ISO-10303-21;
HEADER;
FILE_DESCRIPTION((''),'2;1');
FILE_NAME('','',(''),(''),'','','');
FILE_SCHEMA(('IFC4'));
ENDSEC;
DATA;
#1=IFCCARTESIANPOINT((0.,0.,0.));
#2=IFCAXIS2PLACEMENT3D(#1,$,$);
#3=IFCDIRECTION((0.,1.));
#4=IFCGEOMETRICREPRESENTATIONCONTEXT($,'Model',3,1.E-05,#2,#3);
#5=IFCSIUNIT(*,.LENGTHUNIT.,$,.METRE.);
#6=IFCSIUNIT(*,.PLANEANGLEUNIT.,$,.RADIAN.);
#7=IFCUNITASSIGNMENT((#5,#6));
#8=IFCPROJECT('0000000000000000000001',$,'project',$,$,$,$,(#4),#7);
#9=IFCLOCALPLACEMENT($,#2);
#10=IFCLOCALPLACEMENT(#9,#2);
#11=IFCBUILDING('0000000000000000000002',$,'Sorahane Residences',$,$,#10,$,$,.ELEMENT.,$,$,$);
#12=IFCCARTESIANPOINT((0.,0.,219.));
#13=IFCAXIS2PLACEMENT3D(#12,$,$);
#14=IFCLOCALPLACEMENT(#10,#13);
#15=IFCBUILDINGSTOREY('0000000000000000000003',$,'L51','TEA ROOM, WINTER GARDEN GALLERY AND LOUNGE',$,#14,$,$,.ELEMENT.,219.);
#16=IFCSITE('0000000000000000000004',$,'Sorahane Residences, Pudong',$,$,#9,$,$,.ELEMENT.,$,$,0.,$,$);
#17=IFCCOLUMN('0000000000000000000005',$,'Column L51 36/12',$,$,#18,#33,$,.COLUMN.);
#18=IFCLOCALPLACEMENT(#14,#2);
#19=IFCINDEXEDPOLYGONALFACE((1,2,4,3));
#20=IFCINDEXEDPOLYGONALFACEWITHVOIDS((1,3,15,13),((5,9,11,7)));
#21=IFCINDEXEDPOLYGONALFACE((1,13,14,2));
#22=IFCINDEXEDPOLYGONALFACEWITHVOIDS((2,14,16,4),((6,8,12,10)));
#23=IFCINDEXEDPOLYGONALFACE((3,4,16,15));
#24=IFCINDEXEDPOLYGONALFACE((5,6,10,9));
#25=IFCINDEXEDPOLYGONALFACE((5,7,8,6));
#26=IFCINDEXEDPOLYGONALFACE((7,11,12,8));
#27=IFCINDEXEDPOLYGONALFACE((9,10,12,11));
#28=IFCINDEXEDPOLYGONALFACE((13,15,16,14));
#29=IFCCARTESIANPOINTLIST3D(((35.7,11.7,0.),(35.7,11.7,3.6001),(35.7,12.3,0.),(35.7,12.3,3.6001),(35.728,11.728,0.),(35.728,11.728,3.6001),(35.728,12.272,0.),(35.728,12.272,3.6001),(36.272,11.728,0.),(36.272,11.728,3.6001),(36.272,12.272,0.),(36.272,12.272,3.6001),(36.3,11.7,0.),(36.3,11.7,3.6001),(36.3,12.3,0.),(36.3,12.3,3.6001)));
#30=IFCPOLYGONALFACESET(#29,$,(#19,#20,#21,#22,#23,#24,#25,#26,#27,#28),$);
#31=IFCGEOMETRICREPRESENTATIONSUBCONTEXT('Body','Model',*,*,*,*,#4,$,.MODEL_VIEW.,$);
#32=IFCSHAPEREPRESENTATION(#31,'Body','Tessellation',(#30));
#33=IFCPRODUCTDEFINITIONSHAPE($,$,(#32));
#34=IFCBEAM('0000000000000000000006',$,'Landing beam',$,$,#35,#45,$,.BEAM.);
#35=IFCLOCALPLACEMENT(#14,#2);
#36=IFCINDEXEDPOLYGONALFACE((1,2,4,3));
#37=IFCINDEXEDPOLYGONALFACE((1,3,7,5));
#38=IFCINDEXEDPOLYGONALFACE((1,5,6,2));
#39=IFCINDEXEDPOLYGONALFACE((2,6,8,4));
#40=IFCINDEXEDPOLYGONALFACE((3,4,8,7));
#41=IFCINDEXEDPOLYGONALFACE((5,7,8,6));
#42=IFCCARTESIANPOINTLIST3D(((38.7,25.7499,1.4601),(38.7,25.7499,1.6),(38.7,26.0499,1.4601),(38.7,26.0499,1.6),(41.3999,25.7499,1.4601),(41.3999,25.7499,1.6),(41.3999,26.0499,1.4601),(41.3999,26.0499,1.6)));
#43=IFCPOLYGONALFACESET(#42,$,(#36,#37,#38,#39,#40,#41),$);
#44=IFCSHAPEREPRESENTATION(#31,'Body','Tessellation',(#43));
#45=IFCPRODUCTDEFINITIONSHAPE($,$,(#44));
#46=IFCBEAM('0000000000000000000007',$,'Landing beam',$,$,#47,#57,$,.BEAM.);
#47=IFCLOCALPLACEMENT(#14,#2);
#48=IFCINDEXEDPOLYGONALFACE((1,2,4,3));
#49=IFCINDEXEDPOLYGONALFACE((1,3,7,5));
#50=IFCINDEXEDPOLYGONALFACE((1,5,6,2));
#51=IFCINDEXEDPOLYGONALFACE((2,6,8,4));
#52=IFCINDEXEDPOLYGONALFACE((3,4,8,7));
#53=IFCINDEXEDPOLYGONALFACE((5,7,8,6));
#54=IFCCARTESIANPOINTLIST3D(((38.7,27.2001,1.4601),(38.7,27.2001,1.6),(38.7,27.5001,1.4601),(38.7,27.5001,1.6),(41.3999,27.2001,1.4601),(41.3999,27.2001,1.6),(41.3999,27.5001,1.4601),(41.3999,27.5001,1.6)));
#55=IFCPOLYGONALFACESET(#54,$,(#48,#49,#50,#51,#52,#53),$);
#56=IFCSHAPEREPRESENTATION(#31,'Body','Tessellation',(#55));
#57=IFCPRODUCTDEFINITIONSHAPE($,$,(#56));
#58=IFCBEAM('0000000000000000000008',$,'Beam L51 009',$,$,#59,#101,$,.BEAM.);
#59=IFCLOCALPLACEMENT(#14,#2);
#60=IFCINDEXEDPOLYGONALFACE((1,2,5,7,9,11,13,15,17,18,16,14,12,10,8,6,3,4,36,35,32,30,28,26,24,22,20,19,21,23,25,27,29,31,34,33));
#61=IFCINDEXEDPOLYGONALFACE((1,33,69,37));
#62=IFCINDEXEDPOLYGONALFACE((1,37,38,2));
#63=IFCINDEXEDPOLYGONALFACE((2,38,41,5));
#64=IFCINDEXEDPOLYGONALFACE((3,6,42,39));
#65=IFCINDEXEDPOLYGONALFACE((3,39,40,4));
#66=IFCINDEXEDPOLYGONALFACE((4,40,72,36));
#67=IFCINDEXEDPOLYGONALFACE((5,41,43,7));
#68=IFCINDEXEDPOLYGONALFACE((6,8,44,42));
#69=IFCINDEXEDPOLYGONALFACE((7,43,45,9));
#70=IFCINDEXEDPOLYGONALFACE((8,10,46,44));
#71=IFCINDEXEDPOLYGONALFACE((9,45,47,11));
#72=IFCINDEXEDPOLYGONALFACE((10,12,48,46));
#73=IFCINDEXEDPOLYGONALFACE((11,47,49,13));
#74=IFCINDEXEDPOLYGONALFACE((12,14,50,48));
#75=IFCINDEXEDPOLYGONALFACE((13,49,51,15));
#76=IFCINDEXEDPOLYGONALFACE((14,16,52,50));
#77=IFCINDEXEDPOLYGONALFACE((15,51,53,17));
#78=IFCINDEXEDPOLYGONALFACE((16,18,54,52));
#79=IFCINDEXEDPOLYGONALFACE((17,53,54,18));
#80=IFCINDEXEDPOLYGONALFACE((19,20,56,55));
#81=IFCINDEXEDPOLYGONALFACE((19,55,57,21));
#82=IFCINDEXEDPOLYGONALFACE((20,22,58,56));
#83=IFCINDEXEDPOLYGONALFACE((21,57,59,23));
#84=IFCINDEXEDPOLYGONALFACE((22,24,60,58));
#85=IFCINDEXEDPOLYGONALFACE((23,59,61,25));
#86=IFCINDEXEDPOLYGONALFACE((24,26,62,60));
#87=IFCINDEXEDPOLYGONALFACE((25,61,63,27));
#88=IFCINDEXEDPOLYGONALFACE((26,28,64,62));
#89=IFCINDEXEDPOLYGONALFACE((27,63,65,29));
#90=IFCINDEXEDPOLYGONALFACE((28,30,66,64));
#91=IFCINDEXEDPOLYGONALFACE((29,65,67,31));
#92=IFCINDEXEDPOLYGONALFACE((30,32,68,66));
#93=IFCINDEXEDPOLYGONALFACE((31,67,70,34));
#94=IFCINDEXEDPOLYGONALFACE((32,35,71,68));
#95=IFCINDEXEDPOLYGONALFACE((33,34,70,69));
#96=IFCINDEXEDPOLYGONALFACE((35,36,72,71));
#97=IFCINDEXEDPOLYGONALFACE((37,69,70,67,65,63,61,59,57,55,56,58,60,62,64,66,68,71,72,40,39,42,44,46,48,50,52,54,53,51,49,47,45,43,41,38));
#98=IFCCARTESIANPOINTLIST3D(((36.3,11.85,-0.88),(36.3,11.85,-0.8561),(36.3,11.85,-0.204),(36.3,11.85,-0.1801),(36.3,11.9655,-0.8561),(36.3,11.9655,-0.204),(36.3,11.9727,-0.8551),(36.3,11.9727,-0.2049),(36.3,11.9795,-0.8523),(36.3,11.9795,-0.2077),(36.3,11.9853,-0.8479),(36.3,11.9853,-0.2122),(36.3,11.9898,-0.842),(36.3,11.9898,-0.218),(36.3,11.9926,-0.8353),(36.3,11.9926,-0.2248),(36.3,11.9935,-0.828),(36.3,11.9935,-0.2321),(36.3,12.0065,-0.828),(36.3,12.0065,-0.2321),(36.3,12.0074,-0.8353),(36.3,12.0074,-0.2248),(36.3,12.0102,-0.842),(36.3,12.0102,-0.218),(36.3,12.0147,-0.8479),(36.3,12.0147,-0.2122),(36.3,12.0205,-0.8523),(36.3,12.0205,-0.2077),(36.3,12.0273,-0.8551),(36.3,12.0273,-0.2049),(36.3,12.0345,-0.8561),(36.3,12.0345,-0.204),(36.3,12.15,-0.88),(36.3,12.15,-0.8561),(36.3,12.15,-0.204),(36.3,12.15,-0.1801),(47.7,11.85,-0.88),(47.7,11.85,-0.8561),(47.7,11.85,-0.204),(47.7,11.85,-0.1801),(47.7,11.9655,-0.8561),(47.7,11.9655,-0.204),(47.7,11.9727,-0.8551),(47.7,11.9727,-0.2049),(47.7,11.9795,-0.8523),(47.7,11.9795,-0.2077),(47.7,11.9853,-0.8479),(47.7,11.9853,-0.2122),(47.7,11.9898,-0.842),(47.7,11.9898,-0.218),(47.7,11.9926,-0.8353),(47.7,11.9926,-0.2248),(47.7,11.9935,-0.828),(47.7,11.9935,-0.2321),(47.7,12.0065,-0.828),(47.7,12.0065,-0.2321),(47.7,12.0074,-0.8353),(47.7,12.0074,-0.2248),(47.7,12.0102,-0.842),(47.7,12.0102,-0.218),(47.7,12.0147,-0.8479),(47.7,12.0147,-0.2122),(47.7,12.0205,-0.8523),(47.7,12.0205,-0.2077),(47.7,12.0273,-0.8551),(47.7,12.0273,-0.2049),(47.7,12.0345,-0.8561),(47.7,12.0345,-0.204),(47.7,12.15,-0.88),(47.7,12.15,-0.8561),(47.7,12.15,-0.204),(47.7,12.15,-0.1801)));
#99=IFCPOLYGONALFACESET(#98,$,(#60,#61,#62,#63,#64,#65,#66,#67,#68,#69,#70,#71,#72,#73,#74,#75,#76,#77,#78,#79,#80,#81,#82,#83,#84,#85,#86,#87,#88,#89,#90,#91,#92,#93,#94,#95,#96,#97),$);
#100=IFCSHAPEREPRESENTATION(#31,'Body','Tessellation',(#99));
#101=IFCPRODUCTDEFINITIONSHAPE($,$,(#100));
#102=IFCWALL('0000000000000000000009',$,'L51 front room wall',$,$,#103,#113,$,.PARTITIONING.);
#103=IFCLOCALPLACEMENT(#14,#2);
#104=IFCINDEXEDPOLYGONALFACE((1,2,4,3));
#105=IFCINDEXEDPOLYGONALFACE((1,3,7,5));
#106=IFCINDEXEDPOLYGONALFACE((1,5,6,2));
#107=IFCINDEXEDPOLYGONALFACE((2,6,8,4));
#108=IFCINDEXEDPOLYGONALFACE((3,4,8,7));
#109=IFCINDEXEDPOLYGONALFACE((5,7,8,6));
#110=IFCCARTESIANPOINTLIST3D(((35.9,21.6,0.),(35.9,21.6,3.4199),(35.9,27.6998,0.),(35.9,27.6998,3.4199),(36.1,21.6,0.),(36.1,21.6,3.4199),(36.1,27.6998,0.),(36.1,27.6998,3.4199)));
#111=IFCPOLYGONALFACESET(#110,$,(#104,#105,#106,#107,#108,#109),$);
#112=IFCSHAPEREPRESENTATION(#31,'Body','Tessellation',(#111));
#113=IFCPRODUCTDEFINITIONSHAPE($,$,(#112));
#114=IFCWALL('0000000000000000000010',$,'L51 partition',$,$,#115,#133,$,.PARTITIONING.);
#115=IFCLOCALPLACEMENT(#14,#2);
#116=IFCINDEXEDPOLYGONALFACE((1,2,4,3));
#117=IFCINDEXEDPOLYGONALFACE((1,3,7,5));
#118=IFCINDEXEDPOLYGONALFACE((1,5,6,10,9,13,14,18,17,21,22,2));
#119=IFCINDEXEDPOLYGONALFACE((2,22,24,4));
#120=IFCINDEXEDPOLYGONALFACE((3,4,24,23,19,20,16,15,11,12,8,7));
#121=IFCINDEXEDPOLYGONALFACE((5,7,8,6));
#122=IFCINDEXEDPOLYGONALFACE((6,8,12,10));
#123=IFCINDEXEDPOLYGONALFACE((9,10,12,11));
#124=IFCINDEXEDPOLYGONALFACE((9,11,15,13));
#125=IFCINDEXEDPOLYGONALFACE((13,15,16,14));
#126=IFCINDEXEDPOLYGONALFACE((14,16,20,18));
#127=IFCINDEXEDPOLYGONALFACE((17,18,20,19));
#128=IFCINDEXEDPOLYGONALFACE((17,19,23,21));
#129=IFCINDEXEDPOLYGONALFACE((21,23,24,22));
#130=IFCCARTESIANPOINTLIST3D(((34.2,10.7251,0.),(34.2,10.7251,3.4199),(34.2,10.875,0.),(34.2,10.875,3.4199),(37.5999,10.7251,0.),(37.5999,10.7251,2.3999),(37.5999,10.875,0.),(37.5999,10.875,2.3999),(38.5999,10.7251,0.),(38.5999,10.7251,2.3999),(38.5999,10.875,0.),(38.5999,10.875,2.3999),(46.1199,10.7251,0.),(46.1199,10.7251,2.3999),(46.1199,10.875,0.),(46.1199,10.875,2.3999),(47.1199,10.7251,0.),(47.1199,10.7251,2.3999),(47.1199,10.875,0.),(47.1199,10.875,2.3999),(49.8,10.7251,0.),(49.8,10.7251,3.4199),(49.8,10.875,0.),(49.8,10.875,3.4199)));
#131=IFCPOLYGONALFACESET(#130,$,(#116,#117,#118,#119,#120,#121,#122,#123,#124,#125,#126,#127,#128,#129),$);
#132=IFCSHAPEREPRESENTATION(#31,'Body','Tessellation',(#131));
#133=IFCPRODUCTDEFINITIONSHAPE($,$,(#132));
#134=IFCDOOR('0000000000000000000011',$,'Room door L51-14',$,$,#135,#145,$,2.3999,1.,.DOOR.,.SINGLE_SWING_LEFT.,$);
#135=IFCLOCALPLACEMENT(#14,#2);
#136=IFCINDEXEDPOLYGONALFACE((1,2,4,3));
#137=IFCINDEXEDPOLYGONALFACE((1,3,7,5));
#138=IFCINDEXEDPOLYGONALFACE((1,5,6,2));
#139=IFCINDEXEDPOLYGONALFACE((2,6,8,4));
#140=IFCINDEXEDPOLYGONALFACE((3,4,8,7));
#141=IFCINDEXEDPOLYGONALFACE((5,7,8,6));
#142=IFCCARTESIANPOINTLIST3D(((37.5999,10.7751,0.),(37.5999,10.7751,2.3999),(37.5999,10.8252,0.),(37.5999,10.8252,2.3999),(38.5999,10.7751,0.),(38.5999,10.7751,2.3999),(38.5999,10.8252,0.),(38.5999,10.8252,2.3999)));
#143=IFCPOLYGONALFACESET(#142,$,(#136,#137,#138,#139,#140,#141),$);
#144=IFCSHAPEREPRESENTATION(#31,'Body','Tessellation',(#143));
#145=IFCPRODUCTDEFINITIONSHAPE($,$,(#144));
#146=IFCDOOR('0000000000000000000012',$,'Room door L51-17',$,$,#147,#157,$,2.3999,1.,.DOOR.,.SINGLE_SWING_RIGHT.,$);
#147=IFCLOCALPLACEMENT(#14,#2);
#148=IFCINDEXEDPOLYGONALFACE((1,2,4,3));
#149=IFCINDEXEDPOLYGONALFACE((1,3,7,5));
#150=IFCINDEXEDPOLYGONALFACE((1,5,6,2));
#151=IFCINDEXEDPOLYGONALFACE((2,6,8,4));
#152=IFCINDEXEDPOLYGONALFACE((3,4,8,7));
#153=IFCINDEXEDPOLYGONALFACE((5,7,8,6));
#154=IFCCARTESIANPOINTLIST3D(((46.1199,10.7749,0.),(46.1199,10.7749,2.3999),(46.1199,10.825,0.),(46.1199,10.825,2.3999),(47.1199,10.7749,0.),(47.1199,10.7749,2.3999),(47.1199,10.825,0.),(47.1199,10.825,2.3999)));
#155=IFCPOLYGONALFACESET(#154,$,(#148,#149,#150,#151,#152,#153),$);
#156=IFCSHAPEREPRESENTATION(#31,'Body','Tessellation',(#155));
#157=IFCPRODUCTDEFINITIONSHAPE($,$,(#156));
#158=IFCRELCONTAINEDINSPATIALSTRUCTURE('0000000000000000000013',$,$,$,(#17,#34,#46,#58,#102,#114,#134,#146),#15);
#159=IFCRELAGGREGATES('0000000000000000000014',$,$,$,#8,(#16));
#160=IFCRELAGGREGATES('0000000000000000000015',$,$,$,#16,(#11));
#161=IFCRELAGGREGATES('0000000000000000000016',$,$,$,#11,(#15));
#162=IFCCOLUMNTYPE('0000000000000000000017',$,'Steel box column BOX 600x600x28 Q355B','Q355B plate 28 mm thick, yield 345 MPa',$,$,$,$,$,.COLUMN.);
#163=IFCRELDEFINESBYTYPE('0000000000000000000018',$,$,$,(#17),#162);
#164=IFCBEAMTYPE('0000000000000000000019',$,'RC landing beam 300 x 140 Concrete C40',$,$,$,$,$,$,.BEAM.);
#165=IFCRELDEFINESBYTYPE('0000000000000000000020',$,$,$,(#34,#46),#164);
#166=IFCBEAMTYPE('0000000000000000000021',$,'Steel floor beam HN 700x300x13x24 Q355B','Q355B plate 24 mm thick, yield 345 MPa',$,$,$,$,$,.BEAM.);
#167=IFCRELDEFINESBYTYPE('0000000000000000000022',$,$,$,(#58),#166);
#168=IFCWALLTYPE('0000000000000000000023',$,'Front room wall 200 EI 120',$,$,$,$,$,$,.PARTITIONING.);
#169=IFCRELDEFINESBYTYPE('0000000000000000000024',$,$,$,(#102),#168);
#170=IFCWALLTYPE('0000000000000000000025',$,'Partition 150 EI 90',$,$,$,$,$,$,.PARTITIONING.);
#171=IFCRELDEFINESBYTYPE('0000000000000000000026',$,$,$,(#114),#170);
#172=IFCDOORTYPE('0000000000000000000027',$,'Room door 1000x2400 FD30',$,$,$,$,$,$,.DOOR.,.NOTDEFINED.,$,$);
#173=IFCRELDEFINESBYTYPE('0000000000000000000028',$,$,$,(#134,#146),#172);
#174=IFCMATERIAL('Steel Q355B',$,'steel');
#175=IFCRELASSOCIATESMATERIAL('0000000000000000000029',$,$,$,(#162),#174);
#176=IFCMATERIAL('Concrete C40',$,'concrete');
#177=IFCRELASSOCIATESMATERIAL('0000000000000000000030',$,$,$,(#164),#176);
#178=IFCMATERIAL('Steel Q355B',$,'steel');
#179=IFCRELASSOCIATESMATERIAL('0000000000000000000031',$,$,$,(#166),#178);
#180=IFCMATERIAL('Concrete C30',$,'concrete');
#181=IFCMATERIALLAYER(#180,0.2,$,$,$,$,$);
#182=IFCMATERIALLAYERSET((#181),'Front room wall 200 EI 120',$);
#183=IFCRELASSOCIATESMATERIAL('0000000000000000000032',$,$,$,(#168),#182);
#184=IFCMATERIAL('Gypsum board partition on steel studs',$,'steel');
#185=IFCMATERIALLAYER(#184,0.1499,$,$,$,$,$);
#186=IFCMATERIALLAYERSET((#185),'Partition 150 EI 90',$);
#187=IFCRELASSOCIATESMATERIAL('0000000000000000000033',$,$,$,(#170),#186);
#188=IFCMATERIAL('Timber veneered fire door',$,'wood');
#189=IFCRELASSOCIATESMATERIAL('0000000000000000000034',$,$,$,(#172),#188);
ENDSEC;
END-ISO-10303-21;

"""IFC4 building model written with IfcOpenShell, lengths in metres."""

from ifc_helpers import new_model, si_unit, direction, frame, frame_2d, origin, origin_2d, place, context, subcontext, project, spatial, rectangle, hollow_rectangle, i_section, extrude, material, layer, layer_set, material_profile, profile_set, type_object, element, fill, save


model = new_model("IFC4")

# Units and contexts
model_context = context("Model", 3, precision=1e-05, world=origin(), true_north=direction((0.0, 1.0)))
body_context = subcontext(model_context, "Body", "Model", "MODEL_VIEW")
ifc_project = project(units=[si_unit("LENGTHUNIT", "METRE"), si_unit("PLANEANGLEUNIT", "RADIAN")], contexts=[model_context])

# Site, building, storey
site_placement = place(None, origin())
site = spatial("IfcSite", under=ifc_project, at=site_placement, Name="Sorahane Residences, Pudong", CompositionType="ELEMENT", RefElevation=0.0)
building_placement = place(site_placement, origin())
building = spatial("IfcBuilding", under=site, at=building_placement, Name="Sorahane Residences", CompositionType="ELEMENT")
storey_placement = place(building_placement, frame((0.0, 0.0, 219.0)))
storey = spatial("IfcBuildingStorey", under=building, at=storey_placement, Name="L51", Description="TEA ROOM, WINTER GARDEN GALLERY AND LOUNGE", CompositionType="ELEMENT", Elevation=219.0)

# Column
ifc_material_1 = material(Name="Steel Q355B", Category="steel")
ifc_material_profile_1 = material_profile(ifc_material_1, hollow_rectangle(XDim=0.6001, YDim=0.6001, WallThickness=0.0281, at=origin_2d()), Name="BOX 600x600x28")
ifc_profile_set_1 = profile_set([ifc_material_profile_1], Name="Steel Q355B")
column_type = type_object("IfcColumnType", Name="Steel box column BOX 600x600x28 Q355B", Description="Q355B plate 28 mm thick, yield 345 MPa", PredefinedType="COLUMN", material=ifc_profile_set_1)
column_placement = place(storey_placement, frame((36.0, 12.0, 0.0), z_axis=(0.0, 0.0, 1.0), x_axis=(1.0, 0.0, 0.0)))
element("IfcColumn", 1, at=column_placement, inside=storey, type_object=column_type, Name="Column L51 36/12", PredefinedType="COLUMN", context=body_context, shape_type="SweptSolid", body=[
    extrude(hollow_rectangle(XDim=0.6001, YDim=0.6001, WallThickness=0.0281, at=origin_2d()), origin(), (0.0, 0.0, 1.0), 3.6001),
])

# Beams
ifc_material_2 = material(Name="Concrete C40", Category="concrete")
ifc_material_profile_2 = material_profile(ifc_material_2, rectangle(XDim=0.3, YDim=0.1399, at=origin_2d()), Name="300x140")
ifc_profile_set_2 = profile_set([ifc_material_profile_2], Name="Concrete C40")
beam_type_1 = type_object("IfcBeamType", Name="RC landing beam 300 x 140 Concrete C40", PredefinedType="BEAM", material=ifc_profile_set_2)
for number, where, z_axis, x_axis, name in (
    (2, (38.7, 25.8999, 1.53), (1.0, 0.0, 0.0), (0.0, 1.0, 0.0), "Landing beam"),
    (3, (38.7, 27.3501, 1.53), (1.0, 0.0, 0.0), (0.0, 1.0, 0.0), "Landing beam"),
):
    element("IfcBeam", number, at=place(storey_placement, frame(where, z_axis=z_axis, x_axis=x_axis)), inside=storey, type_object=beam_type_1, Name=name, PredefinedType="BEAM", context=body_context, shape_type="SweptSolid", body=[
        extrude(rectangle(XDim=0.3, YDim=0.1399, at=origin_2d()), origin(), (0.0, 0.0, 1.0), 2.7),
    ])
ifc_material_3 = material(Name="Steel Q355B", Category="steel")
ifc_material_profile_3 = material_profile(ifc_material_3, i_section(OverallWidth=0.3, OverallDepth=0.7, WebThickness=0.0129, FlangeThickness=0.0239, FilletRadius=0.0281, at=origin_2d()), Name="HN 700x300x13x24")
ifc_profile_set_3 = profile_set([ifc_material_profile_3], Name="Steel Q355B")
beam_type_2 = type_object("IfcBeamType", Name="Steel floor beam HN 700x300x13x24 Q355B", Description="Q355B plate 24 mm thick, yield 345 MPa", PredefinedType="BEAM", material=ifc_profile_set_3)
beam_placement = place(storey_placement, frame((36.3, 12.0, -0.53), z_axis=(1.0, 0.0, 0.0), x_axis=(0.0, 1.0, 0.0)))
element("IfcBeam", 4, at=beam_placement, inside=storey, type_object=beam_type_2, Name="Beam L51 009", PredefinedType="BEAM", context=body_context, shape_type="SweptSolid", body=[
    extrude(i_section(OverallWidth=0.3, OverallDepth=0.7, WebThickness=0.0129, FlangeThickness=0.0239, FilletRadius=0.0281, at=origin_2d()), origin(), (0.0, 0.0, 1.0), 11.3999),
])

# Wall
ifc_material_4 = material(Name="Concrete C30", Category="concrete")
ifc_layer_1 = layer(ifc_material_4, 0.2)
ifc_layer_set_1 = layer_set([ifc_layer_1], Name="Front room wall 200 EI 120")
wall_type_1 = type_object("IfcWallType", Name="Front room wall 200 EI 120", PredefinedType="PARTITIONING", material=ifc_layer_set_1)
wall_1_placement = place(storey_placement, frame((36.0, 21.6001, 0.0), z_axis=(0.0, 0.0, 1.0), x_axis=(0.0, 1.0, 0.0)))
element("IfcWall", 5, at=wall_1_placement, inside=storey, type_object=wall_type_1, Name="L51 front room wall", PredefinedType="PARTITIONING", context=body_context, shape_type="SweptSolid", body=[
    extrude(rectangle(XDim=6.0999, YDim=0.2, at=frame_2d((3.0498, 0.0))), origin(), (0.0, 0.0, 1.0), 3.4199),
])

# Wall, openings, doors
ifc_material_5 = material(Name="Gypsum board partition on steel studs", Category="steel")
ifc_layer_2 = layer(ifc_material_5, 0.1499)
ifc_layer_set_2 = layer_set([ifc_layer_2], Name="Partition 150 EI 90")
wall_type_2 = type_object("IfcWallType", Name="Partition 150 EI 90", PredefinedType="PARTITIONING", material=ifc_layer_set_2)
wall_2_placement = place(storey_placement, frame((34.2, 10.8, 0.0), z_axis=(0.0, 0.0, 1.0), x_axis=(1.0, 0.0, 0.0)))
wall_2 = element("IfcWall", 6, at=wall_2_placement, inside=storey, type_object=wall_type_2, Name="L51 partition", PredefinedType="PARTITIONING", context=body_context, shape_type="SweptSolid", body=[
    extrude(rectangle(XDim=15.6001, YDim=0.1499, at=frame_2d((7.8, 0.0))), origin(), (0.0, 0.0, 1.0), 3.4199),
])
opening_1_placement = place(wall_2_placement, frame((3.3999, 0.0, 0.0)))
opening_1 = element("IfcOpeningElement", 7, at=opening_1_placement, cuts=wall_2, PredefinedType="OPENING", context=body_context, shape_type="SweptSolid", body=[
    extrude(rectangle(XDim=1.0, YDim=2.3999, at=frame_2d((0.5, 1.2))), frame((0.0, 0.085, 0.0), z_axis=(0.0, -1.0, 0.0), x_axis=(1.0, 0.0, 0.0)), (0.0, 0.0, 1.0), 0.1699),
])
opening_2_placement = place(wall_2_placement, frame((11.9199, 0.0, 0.0)))
opening_2 = element("IfcOpeningElement", 8, at=opening_2_placement, cuts=wall_2, PredefinedType="OPENING", context=body_context, shape_type="SweptSolid", body=[
    extrude(rectangle(XDim=1.0, YDim=2.3999, at=frame_2d((0.5, 1.2))), frame((0.0, 0.085, 0.0), z_axis=(0.0, -1.0, 0.0), x_axis=(1.0, 0.0, 0.0)), (0.0, 0.0, 1.0), 0.1699),
])
ifc_material_6 = material(Name="Timber veneered fire door", Category="wood")
door_type_1 = type_object("IfcDoorType", Name="Room door 1000x2400 FD30", OperationType="NOTDEFINED", PredefinedType="DOOR", material=ifc_material_6)
door_1_placement = place(opening_1_placement, frame((1.0, 0.0, 0.0), z_axis=(0.0, 0.0, 1.0), x_axis=(-1.0, 0.0, 0.0)))
door_1 = element("IfcDoor", 9, at=door_1_placement, inside=storey, type_object=door_type_1, Name="Room door L51-14", OperationType="SINGLE_SWING_LEFT", OverallHeight=2.3999, OverallWidth=1.0, PredefinedType="DOOR", context=body_context, shape_type="SweptSolid", body=[
    extrude(rectangle(XDim=1.0, YDim=2.3999, at=frame_2d((0.5, 1.2))), frame((0.0, 0.0249, 0.0), z_axis=(0.0, -1.0, 0.0), x_axis=(1.0, 0.0, 0.0)), (0.0, 0.0, 1.0), 0.05),
])
fill(opening_1, door_1)
door_2_placement = place(opening_2_placement, origin())
door_2 = element("IfcDoor", 10, at=door_2_placement, inside=storey, type_object=door_type_1, Name="Room door L51-17", OperationType="SINGLE_SWING_RIGHT", OverallHeight=2.3999, OverallWidth=1.0, PredefinedType="DOOR", context=body_context, shape_type="SweptSolid", body=[
    extrude(rectangle(XDim=1.0, YDim=2.3999, at=frame_2d((0.5, 1.2))), frame((0.0, 0.0249, 0.0), z_axis=(0.0, -1.0, 0.0), x_axis=(1.0, 0.0, 0.0)), (0.0, 0.0, 1.0), 0.05),
])
fill(opening_2, door_2)

save(model, "model.ifc")
